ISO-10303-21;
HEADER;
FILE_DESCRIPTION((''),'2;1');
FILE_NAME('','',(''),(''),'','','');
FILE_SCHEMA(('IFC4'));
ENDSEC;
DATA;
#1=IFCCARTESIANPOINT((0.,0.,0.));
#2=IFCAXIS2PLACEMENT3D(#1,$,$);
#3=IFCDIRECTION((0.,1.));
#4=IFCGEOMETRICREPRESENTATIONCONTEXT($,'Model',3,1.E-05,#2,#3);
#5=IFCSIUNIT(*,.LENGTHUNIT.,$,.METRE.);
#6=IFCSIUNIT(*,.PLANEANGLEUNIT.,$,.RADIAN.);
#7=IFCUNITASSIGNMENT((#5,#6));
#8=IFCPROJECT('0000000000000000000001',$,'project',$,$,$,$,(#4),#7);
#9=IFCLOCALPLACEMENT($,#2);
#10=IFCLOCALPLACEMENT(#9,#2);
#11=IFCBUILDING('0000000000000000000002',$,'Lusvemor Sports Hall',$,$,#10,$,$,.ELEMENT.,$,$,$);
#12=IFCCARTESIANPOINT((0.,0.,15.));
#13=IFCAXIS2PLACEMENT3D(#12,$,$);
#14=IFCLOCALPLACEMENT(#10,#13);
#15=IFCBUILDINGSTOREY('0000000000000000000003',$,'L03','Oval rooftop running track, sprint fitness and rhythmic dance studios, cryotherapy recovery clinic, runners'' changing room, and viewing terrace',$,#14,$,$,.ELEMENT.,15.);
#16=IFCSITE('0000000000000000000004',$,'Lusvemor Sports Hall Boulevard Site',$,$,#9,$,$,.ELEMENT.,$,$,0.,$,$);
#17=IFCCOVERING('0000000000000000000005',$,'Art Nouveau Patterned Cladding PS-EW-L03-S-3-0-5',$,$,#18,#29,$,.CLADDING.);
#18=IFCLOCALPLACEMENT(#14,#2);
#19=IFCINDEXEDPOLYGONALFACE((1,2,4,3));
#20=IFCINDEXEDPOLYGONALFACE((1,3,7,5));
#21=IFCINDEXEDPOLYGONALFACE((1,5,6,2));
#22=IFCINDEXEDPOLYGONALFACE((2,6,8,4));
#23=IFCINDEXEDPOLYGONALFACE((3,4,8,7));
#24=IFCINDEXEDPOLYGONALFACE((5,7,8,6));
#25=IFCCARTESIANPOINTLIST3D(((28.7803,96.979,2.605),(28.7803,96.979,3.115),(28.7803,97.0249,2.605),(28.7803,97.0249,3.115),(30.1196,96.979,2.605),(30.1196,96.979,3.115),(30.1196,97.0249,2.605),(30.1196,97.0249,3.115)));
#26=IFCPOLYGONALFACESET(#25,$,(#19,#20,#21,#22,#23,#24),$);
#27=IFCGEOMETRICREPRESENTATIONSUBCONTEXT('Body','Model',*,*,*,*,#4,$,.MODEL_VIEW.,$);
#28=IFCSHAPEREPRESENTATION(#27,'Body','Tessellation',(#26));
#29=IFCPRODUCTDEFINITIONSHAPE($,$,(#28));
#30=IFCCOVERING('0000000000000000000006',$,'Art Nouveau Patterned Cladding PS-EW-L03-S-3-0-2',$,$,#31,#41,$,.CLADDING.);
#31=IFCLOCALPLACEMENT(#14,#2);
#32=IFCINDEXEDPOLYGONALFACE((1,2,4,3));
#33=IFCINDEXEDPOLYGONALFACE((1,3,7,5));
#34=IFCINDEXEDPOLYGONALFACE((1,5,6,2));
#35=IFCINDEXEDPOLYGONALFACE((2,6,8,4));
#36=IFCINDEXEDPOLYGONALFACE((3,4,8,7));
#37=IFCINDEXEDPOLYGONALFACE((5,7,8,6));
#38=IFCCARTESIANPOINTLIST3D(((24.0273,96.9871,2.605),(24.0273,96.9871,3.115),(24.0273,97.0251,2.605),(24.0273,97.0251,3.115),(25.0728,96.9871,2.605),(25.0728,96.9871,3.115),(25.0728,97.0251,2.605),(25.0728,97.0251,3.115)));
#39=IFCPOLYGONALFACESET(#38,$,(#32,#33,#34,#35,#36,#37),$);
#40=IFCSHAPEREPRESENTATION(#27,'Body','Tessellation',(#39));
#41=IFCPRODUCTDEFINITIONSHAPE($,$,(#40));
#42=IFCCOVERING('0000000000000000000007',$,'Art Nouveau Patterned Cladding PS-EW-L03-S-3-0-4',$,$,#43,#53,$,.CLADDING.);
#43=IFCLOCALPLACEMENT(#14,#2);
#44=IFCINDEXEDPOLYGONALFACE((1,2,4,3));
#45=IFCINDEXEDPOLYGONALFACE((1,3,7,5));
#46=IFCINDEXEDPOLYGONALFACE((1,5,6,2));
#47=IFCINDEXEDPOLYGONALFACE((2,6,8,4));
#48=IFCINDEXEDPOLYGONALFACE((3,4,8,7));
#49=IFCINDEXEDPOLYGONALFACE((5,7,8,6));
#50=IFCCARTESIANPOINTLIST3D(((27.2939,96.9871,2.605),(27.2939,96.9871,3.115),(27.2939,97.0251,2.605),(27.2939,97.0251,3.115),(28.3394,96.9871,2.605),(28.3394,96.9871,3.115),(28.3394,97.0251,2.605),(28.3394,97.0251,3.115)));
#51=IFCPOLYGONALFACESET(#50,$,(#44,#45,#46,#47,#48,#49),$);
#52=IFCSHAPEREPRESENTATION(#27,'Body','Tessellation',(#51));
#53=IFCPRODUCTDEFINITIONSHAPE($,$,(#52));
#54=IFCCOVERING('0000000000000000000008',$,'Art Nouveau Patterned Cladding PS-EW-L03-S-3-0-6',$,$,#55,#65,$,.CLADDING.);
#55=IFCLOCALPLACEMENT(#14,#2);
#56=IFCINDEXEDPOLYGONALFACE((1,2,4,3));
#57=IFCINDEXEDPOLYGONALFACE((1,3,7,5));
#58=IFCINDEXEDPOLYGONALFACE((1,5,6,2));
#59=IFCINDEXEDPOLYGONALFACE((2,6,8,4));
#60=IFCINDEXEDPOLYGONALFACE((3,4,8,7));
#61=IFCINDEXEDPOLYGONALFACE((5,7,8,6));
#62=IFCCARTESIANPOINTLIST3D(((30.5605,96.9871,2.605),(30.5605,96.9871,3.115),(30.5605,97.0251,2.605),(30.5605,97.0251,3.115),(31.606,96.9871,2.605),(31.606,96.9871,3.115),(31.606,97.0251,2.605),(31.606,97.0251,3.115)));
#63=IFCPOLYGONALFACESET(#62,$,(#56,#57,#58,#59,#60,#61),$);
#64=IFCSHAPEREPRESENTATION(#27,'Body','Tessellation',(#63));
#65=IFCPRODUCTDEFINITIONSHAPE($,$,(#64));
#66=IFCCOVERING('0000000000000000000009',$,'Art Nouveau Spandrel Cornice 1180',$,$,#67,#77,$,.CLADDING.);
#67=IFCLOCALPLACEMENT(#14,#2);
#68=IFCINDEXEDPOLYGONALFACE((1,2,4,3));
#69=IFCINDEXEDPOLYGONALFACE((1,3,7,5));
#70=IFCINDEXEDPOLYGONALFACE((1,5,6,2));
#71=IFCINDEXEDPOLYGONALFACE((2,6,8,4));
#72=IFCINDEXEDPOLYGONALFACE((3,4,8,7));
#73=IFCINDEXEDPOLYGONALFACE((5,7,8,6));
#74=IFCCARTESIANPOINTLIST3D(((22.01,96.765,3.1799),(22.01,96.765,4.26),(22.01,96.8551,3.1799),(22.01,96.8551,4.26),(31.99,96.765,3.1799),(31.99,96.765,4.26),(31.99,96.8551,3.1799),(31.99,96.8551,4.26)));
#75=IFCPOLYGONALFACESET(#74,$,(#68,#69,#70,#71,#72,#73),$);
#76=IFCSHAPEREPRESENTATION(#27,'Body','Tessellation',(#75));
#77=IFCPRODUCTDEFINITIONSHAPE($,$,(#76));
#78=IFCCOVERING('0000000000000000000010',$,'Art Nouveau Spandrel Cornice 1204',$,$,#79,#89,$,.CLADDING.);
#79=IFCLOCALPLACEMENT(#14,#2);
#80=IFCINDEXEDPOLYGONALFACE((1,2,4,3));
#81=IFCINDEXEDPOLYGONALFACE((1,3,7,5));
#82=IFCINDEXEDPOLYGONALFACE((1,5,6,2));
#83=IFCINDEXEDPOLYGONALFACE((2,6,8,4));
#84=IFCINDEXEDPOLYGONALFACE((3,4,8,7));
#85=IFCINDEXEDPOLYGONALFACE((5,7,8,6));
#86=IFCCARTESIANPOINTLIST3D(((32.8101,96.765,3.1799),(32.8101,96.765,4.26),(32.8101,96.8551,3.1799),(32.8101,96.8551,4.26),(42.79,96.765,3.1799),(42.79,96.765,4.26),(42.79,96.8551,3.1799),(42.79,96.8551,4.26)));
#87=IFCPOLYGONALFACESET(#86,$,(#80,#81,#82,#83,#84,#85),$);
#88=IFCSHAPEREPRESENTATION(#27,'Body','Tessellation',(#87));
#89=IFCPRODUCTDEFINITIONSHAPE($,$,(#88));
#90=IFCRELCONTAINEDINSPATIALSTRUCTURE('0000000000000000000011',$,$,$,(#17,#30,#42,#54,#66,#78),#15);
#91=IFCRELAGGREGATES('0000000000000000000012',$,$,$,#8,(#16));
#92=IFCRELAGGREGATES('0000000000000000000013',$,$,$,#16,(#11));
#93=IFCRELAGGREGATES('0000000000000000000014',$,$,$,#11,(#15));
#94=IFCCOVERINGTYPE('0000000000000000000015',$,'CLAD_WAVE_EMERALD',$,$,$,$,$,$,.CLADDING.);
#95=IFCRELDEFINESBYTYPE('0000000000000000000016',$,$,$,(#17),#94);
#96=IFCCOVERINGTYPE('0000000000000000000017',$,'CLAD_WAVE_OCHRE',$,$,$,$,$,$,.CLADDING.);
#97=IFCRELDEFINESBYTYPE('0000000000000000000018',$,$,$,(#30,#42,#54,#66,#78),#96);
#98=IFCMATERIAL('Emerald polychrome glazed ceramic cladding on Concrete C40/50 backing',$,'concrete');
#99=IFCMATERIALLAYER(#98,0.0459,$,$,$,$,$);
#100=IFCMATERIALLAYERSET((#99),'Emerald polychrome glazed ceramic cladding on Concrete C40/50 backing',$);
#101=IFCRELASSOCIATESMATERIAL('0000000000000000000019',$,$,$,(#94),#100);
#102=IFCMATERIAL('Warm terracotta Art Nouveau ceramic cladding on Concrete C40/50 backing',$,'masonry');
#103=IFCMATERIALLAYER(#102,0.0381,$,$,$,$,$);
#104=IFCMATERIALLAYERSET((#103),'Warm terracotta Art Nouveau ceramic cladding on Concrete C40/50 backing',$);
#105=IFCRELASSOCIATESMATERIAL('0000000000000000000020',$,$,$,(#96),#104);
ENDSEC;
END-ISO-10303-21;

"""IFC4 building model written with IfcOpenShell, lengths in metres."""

from ifc_helpers import new_model, si_unit, direction, frame, origin, origin_2d, place, context, subcontext, project, spatial, rectangle, extrude, material, layer, layer_set, type_object, element, save


model = new_model("IFC4")

# Units and contexts
model_context = context("Model", 3, precision=1e-05, world=origin(), true_north=direction((0.0, 1.0)))
body_context = subcontext(model_context, "Body", "Model", "MODEL_VIEW")
ifc_project = project(units=[si_unit("LENGTHUNIT", "METRE"), si_unit("PLANEANGLEUNIT", "RADIAN")], contexts=[model_context])

# Site, building, storey
site_placement = place(None, origin())
site = spatial("IfcSite", under=ifc_project, at=site_placement, Name="Lusvemor Sports Hall Boulevard Site", CompositionType="ELEMENT", RefElevation=0.0)
building_placement = place(site_placement, origin())
building = spatial("IfcBuilding", under=site, at=building_placement, Name="Lusvemor Sports Hall", CompositionType="ELEMENT")
storey_placement = place(building_placement, frame((0.0, 0.0, 15.0)))
storey = spatial("IfcBuildingStorey", under=building, at=storey_placement, Name="L03", Description="Oval rooftop running track, sprint fitness and rhythmic dance studios, cryotherapy recovery clinic, runners' changing room, and viewing terrace", CompositionType="ELEMENT", Elevation=15.0)

# Coverings
ifc_material_1 = material(Name="Emerald polychrome glazed ceramic cladding on Concrete C40/50 backing", Category="concrete")
ifc_layer_1 = layer(ifc_material_1, 0.0459)
ifc_layer_set_1 = layer_set([ifc_layer_1], Name="Emerald polychrome glazed ceramic cladding on Concrete C40/50 backing")
covering_type_1 = type_object("IfcCoveringType", Name="CLAD_WAVE_EMERALD", PredefinedType="CLADDING", material=ifc_layer_set_1)
for number, where, z_axis, x_axis, name in (
    (1, (29.45, 97.002, 2.605), (0.0, 0.0, 1.0), (1.0, 0.0, 0.0), "Art Nouveau Patterned Cladding PS-EW-L03-S-3-0-5"),
):
    element("IfcCovering", number, at=place(storey_placement, frame(where, z_axis=z_axis, x_axis=x_axis)), inside=storey, type_object=covering_type_1, Name=name, PredefinedType="CLADDING", context=body_context, shape_type="SweptSolid", body=[
        extrude(rectangle(XDim=1.3394, YDim=0.0459, at=origin_2d()), origin(), (0.0, 0.0, 1.0), 0.51),
    ])
ifc_material_2 = material(Name="Warm terracotta Art Nouveau ceramic cladding on Concrete C40/50 backing", Category="masonry")
ifc_layer_2 = layer(ifc_material_2, 0.0381)
ifc_layer_set_2 = layer_set([ifc_layer_2], Name="Warm terracotta Art Nouveau ceramic cladding on Concrete C40/50 backing")
covering_type_2 = type_object("IfcCoveringType", Name="CLAD_WAVE_OCHRE", PredefinedType="CLADDING", material=ifc_layer_set_2)
for number, where, z_axis, x_axis, name in (
    (2, (24.55, 97.0061, 2.605), (0.0, 0.0, 1.0), (1.0, 0.0, 0.0), "Art Nouveau Patterned Cladding PS-EW-L03-S-3-0-2"),
    (3, (27.8167, 97.0061, 2.605), (0.0, 0.0, 1.0), (1.0, 0.0, 0.0), "Art Nouveau Patterned Cladding PS-EW-L03-S-3-0-4"),
    (4, (31.0833, 97.0061, 2.605), (0.0, 0.0, 1.0), (1.0, 0.0, 0.0), "Art Nouveau Patterned Cladding PS-EW-L03-S-3-0-6"),
):
    element("IfcCovering", number, at=place(storey_placement, frame(where, z_axis=z_axis, x_axis=x_axis)), inside=storey, type_object=covering_type_2, Name=name, PredefinedType="CLADDING", context=body_context, shape_type="SweptSolid", body=[
        extrude(rectangle(XDim=1.0454, YDim=0.0381, at=origin_2d()), origin(), (0.0, 0.0, 1.0), 0.51),
    ])
for number, where, z_axis, x_axis, name in (
    (5, (27.0, 96.8101, 3.1799), (0.0, 0.0, 1.0), (1.0, 0.0, 0.0), "Art Nouveau Spandrel Cornice 1180"),
    (6, (37.8, 96.8101, 3.1799), (0.0, 0.0, 1.0), (1.0, 0.0, 0.0), "Art Nouveau Spandrel Cornice 1204"),
):
    element("IfcCovering", number, at=place(storey_placement, frame(where, z_axis=z_axis, x_axis=x_axis)), inside=storey, type_object=covering_type_2, Name=name, PredefinedType="CLADDING", context=body_context, shape_type="SweptSolid", body=[
        extrude(rectangle(XDim=9.98, YDim=0.0901, at=origin_2d()), origin(), (0.0, 0.0, 1.0), 1.0801),
    ])

save(model, "model.ifc")
